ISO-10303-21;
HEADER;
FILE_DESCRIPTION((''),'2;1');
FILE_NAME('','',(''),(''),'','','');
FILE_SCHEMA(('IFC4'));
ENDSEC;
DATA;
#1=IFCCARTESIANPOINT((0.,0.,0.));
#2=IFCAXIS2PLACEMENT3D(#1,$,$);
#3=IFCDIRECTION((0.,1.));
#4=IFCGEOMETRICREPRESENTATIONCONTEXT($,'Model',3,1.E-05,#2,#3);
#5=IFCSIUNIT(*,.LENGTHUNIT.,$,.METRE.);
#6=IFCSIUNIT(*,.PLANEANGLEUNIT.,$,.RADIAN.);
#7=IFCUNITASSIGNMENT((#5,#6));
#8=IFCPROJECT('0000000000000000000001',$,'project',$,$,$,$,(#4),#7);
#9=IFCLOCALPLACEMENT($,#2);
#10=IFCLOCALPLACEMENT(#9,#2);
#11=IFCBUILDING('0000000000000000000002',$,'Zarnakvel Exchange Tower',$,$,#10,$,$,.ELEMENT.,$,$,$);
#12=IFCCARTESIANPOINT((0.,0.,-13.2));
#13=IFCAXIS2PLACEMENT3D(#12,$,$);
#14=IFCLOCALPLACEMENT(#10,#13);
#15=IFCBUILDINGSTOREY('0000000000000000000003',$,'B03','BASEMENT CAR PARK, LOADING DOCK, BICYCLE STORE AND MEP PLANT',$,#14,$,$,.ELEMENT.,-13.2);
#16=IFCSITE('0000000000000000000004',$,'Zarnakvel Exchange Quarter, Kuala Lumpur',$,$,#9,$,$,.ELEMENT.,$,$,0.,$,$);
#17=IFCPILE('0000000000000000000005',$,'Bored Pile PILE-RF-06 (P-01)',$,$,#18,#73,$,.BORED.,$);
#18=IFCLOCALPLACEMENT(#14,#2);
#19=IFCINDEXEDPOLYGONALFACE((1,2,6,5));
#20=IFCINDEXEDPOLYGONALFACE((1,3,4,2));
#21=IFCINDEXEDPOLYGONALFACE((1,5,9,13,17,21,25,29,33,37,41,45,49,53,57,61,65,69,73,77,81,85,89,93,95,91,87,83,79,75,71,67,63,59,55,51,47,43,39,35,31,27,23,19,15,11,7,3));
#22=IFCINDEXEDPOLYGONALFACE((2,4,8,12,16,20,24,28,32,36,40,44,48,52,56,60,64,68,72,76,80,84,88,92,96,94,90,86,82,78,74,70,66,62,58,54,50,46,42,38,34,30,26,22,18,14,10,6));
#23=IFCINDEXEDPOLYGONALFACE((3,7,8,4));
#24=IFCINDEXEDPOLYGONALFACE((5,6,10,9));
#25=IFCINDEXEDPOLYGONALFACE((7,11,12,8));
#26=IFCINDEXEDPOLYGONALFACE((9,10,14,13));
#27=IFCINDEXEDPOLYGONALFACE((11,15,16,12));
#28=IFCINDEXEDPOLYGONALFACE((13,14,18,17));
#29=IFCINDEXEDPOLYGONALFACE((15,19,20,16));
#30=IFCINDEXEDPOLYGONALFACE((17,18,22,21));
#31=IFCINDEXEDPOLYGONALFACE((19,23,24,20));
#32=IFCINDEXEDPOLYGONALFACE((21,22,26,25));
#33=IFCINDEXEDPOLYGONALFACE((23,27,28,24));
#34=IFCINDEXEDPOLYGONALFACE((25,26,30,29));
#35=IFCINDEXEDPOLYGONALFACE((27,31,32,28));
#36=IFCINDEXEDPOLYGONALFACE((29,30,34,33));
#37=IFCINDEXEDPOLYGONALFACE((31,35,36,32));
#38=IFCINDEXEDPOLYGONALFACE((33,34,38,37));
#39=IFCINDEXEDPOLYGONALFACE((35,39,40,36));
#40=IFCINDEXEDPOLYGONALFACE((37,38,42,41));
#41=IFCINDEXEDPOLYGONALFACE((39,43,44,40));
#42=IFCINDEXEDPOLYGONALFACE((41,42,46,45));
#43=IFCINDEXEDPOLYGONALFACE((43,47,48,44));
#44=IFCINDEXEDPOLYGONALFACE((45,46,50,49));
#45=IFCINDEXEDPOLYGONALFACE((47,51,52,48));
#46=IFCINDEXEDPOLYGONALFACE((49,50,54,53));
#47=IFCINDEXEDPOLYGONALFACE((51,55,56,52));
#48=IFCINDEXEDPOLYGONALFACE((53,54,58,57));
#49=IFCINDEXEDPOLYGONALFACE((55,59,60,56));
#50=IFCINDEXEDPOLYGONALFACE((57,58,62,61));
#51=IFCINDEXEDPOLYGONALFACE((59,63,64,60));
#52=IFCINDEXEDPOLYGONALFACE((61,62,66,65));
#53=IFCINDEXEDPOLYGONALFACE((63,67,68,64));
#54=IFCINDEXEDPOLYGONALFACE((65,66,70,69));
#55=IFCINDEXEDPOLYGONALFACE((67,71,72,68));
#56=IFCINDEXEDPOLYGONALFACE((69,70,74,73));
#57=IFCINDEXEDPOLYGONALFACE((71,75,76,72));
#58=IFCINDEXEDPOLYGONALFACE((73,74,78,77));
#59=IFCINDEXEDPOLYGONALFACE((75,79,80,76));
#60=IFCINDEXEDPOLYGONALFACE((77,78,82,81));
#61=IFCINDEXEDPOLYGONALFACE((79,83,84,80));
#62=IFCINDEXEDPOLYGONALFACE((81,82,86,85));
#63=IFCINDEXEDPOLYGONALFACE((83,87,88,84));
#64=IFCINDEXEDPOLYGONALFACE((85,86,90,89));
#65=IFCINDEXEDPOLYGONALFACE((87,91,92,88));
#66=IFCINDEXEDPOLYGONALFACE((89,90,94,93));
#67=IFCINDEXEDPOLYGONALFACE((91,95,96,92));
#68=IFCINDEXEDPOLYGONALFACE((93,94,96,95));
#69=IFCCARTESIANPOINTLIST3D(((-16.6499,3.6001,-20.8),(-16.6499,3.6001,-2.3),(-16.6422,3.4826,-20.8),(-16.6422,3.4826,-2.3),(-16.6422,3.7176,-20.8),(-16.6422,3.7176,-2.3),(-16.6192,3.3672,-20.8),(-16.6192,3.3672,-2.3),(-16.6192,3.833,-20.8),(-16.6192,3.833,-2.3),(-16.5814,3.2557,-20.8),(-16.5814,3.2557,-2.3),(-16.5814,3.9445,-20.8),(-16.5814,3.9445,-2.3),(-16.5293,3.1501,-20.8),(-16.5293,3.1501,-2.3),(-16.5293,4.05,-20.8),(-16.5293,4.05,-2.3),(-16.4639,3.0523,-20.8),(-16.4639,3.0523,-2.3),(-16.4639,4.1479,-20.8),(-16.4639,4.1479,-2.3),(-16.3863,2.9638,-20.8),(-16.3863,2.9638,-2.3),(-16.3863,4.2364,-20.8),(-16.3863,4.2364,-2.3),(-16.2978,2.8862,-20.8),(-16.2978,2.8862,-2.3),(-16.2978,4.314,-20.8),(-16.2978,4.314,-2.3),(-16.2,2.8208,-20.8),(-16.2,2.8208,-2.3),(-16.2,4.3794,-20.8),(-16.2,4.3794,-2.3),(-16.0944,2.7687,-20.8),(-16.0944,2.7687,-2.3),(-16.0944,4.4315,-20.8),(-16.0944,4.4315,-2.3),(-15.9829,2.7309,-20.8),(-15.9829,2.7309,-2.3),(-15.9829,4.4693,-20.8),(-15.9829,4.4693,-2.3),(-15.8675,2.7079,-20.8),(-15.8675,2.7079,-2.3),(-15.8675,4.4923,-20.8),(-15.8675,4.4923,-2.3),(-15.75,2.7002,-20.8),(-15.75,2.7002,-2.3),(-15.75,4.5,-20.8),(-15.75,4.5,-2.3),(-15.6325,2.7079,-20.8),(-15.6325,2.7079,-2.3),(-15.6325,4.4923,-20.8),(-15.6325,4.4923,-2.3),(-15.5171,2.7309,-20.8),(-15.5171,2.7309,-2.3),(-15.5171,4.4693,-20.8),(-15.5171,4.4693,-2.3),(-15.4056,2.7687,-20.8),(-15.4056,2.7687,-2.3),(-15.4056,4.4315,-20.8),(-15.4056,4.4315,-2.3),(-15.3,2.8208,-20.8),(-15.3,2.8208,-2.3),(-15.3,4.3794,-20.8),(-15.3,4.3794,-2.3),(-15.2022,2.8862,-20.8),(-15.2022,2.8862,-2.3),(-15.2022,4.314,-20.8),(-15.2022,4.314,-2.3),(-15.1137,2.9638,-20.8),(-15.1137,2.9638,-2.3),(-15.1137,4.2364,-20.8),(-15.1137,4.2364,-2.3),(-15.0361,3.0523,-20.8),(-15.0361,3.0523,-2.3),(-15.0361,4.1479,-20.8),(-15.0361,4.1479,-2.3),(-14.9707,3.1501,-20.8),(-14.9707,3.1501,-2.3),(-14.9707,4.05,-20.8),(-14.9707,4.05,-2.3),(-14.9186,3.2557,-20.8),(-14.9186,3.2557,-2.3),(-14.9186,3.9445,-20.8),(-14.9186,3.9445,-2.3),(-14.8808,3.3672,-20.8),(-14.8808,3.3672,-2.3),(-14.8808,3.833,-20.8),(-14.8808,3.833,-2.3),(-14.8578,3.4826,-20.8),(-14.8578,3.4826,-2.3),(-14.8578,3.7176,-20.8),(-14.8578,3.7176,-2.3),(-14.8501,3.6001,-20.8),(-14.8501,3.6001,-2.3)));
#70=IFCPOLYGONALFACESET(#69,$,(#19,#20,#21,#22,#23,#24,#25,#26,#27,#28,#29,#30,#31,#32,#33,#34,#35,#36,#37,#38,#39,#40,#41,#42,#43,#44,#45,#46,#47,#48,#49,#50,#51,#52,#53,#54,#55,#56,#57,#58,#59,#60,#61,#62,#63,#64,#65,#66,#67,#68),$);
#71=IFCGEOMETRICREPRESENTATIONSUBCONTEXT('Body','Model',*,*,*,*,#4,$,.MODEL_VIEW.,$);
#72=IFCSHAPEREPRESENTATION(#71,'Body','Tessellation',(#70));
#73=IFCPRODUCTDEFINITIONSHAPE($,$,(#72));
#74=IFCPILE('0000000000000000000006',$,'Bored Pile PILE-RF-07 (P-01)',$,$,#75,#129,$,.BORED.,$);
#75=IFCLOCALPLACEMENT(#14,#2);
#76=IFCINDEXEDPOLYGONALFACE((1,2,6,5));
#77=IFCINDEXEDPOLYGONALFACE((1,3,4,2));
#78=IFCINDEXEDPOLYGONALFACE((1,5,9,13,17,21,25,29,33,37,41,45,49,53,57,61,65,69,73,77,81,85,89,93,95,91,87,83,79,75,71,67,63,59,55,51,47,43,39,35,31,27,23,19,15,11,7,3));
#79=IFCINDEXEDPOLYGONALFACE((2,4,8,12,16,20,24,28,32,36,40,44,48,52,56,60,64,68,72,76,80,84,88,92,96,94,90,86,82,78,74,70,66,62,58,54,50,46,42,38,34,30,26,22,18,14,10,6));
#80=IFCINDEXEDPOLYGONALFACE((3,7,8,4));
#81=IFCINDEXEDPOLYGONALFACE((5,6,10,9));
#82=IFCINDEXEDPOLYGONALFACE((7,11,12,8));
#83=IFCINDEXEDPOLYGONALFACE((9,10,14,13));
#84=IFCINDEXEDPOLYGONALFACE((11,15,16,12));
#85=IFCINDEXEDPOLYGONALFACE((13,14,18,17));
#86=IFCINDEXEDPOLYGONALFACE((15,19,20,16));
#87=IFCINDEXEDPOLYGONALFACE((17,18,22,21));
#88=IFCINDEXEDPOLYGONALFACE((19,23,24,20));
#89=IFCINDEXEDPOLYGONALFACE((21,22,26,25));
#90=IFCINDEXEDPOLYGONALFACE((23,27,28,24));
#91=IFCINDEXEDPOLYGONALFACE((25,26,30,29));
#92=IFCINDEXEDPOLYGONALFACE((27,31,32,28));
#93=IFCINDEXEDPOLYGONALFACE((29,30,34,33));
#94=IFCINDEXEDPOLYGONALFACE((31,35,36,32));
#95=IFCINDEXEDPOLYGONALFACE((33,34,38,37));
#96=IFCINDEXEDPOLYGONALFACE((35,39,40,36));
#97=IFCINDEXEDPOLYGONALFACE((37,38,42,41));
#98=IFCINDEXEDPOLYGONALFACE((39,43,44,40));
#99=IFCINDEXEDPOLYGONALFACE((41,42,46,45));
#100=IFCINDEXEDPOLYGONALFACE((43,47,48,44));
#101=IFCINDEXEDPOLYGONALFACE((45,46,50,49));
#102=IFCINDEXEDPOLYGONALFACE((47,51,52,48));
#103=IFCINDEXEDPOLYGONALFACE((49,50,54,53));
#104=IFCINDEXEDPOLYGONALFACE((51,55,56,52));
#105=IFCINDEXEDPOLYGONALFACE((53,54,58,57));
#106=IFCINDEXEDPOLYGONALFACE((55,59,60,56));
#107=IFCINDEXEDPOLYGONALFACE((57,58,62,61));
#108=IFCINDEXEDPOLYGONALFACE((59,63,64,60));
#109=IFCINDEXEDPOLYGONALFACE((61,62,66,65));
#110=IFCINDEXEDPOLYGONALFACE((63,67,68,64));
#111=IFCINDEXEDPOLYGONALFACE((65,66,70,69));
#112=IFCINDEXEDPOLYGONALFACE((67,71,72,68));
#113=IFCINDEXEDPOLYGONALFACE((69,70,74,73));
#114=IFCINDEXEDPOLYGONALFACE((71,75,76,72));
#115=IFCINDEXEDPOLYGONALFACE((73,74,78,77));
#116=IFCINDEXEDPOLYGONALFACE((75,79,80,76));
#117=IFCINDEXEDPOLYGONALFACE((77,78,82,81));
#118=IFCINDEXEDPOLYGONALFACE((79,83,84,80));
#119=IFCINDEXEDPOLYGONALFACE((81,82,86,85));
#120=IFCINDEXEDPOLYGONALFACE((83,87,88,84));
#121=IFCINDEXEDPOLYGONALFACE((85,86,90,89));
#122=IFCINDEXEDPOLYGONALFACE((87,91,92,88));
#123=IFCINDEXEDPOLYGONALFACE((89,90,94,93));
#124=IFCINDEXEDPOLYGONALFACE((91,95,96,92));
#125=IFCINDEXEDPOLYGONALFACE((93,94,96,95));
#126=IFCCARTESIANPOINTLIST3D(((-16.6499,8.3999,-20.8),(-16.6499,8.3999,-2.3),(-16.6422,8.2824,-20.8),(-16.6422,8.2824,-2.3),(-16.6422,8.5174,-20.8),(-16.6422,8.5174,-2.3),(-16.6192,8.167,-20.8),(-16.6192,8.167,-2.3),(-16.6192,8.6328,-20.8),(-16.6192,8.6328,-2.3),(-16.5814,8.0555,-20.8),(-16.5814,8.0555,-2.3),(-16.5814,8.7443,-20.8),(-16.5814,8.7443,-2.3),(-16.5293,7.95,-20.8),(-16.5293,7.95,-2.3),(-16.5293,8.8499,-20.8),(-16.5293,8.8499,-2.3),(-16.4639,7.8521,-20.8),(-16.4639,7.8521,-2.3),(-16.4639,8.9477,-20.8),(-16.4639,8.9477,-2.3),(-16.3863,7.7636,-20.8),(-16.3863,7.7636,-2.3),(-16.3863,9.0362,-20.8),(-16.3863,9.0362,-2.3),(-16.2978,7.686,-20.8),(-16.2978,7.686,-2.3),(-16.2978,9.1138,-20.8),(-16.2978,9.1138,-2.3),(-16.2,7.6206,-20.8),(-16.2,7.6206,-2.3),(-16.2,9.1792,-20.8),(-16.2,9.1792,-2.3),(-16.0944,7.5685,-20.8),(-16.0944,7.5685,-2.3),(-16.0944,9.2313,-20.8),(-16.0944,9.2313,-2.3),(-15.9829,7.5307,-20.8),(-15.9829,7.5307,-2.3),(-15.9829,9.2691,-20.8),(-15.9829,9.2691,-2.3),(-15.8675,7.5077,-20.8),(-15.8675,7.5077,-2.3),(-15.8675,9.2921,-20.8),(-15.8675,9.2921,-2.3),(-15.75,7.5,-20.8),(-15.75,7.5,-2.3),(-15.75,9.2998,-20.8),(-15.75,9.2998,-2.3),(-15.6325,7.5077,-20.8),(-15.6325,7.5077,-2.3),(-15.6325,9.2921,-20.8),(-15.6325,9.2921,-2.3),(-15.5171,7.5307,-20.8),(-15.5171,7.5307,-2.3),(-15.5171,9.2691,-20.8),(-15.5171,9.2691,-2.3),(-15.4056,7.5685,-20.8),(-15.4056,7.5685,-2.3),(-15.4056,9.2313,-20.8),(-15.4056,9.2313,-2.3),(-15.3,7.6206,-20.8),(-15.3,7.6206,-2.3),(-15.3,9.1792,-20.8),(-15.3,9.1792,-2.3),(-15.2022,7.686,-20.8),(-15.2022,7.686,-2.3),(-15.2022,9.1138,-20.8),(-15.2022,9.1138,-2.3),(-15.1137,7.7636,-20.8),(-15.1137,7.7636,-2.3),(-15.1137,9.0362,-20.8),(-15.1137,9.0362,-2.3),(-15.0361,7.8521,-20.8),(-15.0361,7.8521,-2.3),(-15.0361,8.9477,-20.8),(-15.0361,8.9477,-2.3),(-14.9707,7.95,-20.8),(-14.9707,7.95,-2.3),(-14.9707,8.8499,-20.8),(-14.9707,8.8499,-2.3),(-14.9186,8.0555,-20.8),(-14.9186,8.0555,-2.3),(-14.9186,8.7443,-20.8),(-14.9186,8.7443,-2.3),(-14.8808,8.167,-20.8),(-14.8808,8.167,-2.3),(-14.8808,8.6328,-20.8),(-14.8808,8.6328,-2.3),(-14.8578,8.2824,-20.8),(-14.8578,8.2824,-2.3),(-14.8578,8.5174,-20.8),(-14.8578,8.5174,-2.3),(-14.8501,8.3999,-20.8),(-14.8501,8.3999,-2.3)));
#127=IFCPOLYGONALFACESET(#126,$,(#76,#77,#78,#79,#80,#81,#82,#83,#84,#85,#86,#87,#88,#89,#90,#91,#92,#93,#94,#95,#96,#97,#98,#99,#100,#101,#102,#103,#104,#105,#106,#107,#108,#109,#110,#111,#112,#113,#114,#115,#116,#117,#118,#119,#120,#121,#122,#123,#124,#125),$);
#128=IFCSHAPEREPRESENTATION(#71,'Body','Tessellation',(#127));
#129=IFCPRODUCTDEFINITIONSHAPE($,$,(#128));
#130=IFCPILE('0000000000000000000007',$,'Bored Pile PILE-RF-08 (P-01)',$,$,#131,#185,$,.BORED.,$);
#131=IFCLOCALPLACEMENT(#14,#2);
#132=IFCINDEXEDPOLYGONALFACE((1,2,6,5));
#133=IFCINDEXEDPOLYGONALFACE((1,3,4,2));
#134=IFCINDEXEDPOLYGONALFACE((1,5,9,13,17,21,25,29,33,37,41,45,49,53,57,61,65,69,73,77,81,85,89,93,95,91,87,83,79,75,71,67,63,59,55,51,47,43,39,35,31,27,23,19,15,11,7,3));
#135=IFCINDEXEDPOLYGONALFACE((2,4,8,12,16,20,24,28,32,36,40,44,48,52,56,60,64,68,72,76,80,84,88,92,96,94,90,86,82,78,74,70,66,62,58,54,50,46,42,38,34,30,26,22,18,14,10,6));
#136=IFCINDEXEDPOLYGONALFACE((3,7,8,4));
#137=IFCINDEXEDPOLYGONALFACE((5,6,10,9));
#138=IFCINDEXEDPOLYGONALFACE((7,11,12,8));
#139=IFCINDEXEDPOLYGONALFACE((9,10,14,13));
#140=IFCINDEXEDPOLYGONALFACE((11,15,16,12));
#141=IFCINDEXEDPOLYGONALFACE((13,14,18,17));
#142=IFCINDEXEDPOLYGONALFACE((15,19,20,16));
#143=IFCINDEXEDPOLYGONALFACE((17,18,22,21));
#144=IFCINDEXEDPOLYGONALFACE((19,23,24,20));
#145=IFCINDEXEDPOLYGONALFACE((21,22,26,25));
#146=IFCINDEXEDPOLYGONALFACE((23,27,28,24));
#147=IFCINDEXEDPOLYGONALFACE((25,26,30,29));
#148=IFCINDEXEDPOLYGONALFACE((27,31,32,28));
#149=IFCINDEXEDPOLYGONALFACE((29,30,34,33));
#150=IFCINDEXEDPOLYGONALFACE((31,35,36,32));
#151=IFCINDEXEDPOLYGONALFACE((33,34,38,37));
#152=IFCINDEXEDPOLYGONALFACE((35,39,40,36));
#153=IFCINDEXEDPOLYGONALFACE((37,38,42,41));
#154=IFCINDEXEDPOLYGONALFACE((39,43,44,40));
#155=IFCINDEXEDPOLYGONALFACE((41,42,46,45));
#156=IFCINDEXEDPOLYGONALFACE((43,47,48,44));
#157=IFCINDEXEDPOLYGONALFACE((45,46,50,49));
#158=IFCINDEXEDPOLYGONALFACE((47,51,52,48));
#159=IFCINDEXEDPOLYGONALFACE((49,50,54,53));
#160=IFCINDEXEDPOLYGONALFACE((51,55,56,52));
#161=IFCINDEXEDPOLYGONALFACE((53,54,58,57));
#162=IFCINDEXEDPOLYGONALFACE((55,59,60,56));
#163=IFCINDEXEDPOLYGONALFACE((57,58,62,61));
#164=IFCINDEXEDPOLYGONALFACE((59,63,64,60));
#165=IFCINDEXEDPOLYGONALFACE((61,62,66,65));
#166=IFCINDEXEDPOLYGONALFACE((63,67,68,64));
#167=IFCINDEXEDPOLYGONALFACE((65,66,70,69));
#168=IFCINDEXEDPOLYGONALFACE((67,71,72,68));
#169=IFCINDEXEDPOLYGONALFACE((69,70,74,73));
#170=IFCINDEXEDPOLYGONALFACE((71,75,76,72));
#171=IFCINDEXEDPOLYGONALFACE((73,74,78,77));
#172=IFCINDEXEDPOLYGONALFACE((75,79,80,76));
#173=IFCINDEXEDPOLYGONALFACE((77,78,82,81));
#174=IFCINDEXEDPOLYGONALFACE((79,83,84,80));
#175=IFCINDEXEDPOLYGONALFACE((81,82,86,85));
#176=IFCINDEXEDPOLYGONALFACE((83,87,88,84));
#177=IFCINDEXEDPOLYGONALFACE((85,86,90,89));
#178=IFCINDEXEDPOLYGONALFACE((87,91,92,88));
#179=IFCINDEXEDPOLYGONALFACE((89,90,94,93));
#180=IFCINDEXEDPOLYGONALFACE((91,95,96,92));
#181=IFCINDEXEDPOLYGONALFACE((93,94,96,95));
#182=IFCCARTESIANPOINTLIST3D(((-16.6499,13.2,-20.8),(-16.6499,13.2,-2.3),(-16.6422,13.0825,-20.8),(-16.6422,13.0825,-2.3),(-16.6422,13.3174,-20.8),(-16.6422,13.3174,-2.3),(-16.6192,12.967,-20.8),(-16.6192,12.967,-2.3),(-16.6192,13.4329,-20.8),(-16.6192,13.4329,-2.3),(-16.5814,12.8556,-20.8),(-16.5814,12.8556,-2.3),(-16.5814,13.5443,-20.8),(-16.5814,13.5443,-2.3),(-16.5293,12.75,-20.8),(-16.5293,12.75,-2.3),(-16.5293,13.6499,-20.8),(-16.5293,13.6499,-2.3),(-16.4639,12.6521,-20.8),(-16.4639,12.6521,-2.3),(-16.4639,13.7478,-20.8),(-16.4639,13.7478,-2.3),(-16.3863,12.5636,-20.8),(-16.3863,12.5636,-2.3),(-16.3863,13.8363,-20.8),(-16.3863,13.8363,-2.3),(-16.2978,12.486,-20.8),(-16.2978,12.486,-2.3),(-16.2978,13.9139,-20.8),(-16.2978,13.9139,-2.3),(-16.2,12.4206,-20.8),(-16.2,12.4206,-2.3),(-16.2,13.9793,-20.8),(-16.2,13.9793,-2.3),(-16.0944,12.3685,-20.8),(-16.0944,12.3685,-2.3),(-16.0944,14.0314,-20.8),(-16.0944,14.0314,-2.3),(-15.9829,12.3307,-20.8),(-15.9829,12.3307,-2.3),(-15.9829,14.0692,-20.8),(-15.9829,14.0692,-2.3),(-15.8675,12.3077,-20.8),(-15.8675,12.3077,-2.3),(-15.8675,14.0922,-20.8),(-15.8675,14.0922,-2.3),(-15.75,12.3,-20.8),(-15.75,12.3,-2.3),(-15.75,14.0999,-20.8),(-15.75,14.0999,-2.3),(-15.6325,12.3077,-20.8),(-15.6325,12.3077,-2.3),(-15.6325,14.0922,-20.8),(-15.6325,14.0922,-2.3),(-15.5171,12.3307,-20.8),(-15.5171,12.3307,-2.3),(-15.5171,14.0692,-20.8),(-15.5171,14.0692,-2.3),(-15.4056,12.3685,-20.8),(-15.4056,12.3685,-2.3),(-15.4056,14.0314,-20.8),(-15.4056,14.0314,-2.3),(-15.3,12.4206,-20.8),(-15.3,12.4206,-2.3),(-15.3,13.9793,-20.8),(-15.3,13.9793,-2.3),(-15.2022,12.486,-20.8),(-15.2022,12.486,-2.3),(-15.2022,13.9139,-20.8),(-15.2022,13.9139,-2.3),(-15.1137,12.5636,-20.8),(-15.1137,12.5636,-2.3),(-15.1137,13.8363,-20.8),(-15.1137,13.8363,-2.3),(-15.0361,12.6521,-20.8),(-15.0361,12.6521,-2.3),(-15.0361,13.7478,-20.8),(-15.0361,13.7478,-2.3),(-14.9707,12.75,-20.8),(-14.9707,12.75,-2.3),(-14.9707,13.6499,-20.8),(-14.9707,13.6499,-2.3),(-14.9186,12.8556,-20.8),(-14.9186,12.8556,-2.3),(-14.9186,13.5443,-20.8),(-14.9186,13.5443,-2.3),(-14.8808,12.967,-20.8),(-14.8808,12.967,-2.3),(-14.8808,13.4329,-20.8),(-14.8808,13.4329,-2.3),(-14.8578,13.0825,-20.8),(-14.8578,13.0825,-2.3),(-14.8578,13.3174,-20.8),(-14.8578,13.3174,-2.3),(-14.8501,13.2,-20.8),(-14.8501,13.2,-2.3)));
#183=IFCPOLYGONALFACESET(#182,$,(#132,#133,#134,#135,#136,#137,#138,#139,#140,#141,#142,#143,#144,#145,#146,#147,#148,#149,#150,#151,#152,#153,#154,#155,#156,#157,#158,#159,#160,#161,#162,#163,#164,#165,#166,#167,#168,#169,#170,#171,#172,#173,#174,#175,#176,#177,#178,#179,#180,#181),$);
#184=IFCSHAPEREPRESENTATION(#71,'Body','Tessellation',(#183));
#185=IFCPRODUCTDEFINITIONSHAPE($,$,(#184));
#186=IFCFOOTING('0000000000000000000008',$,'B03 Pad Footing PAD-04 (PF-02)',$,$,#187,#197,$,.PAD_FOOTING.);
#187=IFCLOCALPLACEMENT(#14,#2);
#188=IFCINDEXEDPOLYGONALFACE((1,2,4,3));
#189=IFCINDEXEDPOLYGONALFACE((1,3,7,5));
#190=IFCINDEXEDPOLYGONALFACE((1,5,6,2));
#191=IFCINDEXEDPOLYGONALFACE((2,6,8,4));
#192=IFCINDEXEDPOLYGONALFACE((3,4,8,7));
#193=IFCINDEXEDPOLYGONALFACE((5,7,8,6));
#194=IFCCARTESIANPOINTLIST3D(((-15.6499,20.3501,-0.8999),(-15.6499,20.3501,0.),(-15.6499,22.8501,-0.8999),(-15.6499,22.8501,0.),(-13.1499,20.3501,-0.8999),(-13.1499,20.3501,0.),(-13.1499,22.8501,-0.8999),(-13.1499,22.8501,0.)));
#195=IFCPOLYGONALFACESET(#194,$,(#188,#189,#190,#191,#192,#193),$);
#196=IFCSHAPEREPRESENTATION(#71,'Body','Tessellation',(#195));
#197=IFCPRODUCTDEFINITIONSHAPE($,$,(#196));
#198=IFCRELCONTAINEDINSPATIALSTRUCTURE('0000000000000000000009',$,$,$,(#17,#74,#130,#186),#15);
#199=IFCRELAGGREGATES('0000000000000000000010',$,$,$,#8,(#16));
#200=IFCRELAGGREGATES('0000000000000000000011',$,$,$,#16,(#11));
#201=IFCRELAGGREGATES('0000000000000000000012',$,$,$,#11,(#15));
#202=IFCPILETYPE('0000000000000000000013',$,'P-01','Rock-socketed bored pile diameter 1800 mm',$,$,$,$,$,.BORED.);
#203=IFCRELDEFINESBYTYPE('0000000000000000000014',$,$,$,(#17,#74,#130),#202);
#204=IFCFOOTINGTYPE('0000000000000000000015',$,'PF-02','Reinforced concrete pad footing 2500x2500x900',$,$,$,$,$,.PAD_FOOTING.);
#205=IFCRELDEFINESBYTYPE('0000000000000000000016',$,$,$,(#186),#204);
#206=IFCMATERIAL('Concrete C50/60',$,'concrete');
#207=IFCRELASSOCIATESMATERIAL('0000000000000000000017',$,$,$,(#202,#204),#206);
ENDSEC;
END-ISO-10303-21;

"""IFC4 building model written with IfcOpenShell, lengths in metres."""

from ifc_helpers import new_model, si_unit, direction, frame, origin, origin_2d, place, context, subcontext, project, spatial, rectangle, circle, extrude, source, transform, mapped, material, material_profile, profile_set, type_object, element, save


model = new_model("IFC4")

# Units and contexts
model_context = context("Model", 3, precision=1e-05, world=origin(), true_north=direction((0.0, 1.0)))
body_context = subcontext(model_context, "Body", "Model", "MODEL_VIEW")
ifc_project = project(units=[si_unit("LENGTHUNIT", "METRE"), si_unit("PLANEANGLEUNIT", "RADIAN")], contexts=[model_context])

# Site, building, storey
site_placement = place(None, origin())
site = spatial("IfcSite", under=ifc_project, at=site_placement, Name="Zarnakvel Exchange Quarter, Kuala Lumpur", CompositionType="ELEMENT", RefElevation=0.0)
building_placement = place(site_placement, origin())
building = spatial("IfcBuilding", under=site, at=building_placement, Name="Zarnakvel Exchange Tower", CompositionType="ELEMENT")
storey_placement = place(building_placement, frame((0.0, 0.0, -13.2)))
storey = spatial("IfcBuildingStorey", under=building, at=storey_placement, Name="B03", Description="BASEMENT CAR PARK, LOADING DOCK, BICYCLE STORE AND MEP PLANT", CompositionType="ELEMENT", Elevation=-13.2)

# Piles
ifc_material_1 = material(Name="Concrete C50/60", Category="concrete")
ifc_material_profile_1 = material_profile(ifc_material_1, circle(Radius=0.8999, at=origin_2d()))
ifc_profile_set_1 = profile_set([ifc_material_profile_1], Name="Concrete C50/60")
pile_type = type_object("IfcPileType", Name="P-01", Description="Rock-socketed bored pile diameter 1800 mm", PredefinedType="BORED", material=ifc_profile_set_1)
for number, where, z_axis, x_axis, name in (
    (1, (-15.75, 3.6001, -2.3), (0.0, 0.0, -1.0), (1.0, 0.0, 0.0), "Bored Pile PILE-RF-06 (P-01)"),
    (2, (-15.75, 8.3999, -2.3), (0.0, 0.0, -1.0), (1.0, 0.0, 0.0), "Bored Pile PILE-RF-07 (P-01)"),
    (3, (-15.75, 13.2, -2.3), (0.0, 0.0, -1.0), (1.0, 0.0, 0.0), "Bored Pile PILE-RF-08 (P-01)"),
):
    element("IfcPile", number, at=place(storey_placement, frame(where, z_axis=z_axis, x_axis=x_axis)), inside=storey, type_object=pile_type, Name=name, PredefinedType="BORED", context=body_context, shape_type="SweptSolid", body=[
        extrude(circle(Radius=0.8999, at=origin_2d()), origin(), (0.0, 0.0, 1.0), 18.5),
    ])

# Footing
footing_type = type_object("IfcFootingType", Name="PF-02", Description="Reinforced concrete pad footing 2500x2500x900", PredefinedType="PAD_FOOTING", material=ifc_material_1)
shared_shape_1 = source(origin(), body_context, "Body", "SweptSolid", [
    extrude(rectangle(XDim=2.5, YDim=2.5, at=origin_2d()), origin(), (0.0, 0.0, 1.0), 0.8999),
])
footing_placement = place(storey_placement, frame((-14.3999, 21.6001, -0.8999), z_axis=(0.0, 0.0, 1.0), x_axis=(1.0, 0.0, 0.0)))
element("IfcFooting", 4, at=footing_placement, inside=storey, type_object=footing_type, Name="B03 Pad Footing PAD-04 (PF-02)", PredefinedType="PAD_FOOTING", context=body_context, shape_type="MappedRepresentation", body=[
    mapped(shared_shape_1, transform((0.0, 0.0, 0.0), x_axis=(1.0, 0.0, 0.0), y_axis=(0.0, 1.0, 0.0), z_axis=(0.0, 0.0, 1.0), scale=1.0)),
])

save(model, "model.ifc")
